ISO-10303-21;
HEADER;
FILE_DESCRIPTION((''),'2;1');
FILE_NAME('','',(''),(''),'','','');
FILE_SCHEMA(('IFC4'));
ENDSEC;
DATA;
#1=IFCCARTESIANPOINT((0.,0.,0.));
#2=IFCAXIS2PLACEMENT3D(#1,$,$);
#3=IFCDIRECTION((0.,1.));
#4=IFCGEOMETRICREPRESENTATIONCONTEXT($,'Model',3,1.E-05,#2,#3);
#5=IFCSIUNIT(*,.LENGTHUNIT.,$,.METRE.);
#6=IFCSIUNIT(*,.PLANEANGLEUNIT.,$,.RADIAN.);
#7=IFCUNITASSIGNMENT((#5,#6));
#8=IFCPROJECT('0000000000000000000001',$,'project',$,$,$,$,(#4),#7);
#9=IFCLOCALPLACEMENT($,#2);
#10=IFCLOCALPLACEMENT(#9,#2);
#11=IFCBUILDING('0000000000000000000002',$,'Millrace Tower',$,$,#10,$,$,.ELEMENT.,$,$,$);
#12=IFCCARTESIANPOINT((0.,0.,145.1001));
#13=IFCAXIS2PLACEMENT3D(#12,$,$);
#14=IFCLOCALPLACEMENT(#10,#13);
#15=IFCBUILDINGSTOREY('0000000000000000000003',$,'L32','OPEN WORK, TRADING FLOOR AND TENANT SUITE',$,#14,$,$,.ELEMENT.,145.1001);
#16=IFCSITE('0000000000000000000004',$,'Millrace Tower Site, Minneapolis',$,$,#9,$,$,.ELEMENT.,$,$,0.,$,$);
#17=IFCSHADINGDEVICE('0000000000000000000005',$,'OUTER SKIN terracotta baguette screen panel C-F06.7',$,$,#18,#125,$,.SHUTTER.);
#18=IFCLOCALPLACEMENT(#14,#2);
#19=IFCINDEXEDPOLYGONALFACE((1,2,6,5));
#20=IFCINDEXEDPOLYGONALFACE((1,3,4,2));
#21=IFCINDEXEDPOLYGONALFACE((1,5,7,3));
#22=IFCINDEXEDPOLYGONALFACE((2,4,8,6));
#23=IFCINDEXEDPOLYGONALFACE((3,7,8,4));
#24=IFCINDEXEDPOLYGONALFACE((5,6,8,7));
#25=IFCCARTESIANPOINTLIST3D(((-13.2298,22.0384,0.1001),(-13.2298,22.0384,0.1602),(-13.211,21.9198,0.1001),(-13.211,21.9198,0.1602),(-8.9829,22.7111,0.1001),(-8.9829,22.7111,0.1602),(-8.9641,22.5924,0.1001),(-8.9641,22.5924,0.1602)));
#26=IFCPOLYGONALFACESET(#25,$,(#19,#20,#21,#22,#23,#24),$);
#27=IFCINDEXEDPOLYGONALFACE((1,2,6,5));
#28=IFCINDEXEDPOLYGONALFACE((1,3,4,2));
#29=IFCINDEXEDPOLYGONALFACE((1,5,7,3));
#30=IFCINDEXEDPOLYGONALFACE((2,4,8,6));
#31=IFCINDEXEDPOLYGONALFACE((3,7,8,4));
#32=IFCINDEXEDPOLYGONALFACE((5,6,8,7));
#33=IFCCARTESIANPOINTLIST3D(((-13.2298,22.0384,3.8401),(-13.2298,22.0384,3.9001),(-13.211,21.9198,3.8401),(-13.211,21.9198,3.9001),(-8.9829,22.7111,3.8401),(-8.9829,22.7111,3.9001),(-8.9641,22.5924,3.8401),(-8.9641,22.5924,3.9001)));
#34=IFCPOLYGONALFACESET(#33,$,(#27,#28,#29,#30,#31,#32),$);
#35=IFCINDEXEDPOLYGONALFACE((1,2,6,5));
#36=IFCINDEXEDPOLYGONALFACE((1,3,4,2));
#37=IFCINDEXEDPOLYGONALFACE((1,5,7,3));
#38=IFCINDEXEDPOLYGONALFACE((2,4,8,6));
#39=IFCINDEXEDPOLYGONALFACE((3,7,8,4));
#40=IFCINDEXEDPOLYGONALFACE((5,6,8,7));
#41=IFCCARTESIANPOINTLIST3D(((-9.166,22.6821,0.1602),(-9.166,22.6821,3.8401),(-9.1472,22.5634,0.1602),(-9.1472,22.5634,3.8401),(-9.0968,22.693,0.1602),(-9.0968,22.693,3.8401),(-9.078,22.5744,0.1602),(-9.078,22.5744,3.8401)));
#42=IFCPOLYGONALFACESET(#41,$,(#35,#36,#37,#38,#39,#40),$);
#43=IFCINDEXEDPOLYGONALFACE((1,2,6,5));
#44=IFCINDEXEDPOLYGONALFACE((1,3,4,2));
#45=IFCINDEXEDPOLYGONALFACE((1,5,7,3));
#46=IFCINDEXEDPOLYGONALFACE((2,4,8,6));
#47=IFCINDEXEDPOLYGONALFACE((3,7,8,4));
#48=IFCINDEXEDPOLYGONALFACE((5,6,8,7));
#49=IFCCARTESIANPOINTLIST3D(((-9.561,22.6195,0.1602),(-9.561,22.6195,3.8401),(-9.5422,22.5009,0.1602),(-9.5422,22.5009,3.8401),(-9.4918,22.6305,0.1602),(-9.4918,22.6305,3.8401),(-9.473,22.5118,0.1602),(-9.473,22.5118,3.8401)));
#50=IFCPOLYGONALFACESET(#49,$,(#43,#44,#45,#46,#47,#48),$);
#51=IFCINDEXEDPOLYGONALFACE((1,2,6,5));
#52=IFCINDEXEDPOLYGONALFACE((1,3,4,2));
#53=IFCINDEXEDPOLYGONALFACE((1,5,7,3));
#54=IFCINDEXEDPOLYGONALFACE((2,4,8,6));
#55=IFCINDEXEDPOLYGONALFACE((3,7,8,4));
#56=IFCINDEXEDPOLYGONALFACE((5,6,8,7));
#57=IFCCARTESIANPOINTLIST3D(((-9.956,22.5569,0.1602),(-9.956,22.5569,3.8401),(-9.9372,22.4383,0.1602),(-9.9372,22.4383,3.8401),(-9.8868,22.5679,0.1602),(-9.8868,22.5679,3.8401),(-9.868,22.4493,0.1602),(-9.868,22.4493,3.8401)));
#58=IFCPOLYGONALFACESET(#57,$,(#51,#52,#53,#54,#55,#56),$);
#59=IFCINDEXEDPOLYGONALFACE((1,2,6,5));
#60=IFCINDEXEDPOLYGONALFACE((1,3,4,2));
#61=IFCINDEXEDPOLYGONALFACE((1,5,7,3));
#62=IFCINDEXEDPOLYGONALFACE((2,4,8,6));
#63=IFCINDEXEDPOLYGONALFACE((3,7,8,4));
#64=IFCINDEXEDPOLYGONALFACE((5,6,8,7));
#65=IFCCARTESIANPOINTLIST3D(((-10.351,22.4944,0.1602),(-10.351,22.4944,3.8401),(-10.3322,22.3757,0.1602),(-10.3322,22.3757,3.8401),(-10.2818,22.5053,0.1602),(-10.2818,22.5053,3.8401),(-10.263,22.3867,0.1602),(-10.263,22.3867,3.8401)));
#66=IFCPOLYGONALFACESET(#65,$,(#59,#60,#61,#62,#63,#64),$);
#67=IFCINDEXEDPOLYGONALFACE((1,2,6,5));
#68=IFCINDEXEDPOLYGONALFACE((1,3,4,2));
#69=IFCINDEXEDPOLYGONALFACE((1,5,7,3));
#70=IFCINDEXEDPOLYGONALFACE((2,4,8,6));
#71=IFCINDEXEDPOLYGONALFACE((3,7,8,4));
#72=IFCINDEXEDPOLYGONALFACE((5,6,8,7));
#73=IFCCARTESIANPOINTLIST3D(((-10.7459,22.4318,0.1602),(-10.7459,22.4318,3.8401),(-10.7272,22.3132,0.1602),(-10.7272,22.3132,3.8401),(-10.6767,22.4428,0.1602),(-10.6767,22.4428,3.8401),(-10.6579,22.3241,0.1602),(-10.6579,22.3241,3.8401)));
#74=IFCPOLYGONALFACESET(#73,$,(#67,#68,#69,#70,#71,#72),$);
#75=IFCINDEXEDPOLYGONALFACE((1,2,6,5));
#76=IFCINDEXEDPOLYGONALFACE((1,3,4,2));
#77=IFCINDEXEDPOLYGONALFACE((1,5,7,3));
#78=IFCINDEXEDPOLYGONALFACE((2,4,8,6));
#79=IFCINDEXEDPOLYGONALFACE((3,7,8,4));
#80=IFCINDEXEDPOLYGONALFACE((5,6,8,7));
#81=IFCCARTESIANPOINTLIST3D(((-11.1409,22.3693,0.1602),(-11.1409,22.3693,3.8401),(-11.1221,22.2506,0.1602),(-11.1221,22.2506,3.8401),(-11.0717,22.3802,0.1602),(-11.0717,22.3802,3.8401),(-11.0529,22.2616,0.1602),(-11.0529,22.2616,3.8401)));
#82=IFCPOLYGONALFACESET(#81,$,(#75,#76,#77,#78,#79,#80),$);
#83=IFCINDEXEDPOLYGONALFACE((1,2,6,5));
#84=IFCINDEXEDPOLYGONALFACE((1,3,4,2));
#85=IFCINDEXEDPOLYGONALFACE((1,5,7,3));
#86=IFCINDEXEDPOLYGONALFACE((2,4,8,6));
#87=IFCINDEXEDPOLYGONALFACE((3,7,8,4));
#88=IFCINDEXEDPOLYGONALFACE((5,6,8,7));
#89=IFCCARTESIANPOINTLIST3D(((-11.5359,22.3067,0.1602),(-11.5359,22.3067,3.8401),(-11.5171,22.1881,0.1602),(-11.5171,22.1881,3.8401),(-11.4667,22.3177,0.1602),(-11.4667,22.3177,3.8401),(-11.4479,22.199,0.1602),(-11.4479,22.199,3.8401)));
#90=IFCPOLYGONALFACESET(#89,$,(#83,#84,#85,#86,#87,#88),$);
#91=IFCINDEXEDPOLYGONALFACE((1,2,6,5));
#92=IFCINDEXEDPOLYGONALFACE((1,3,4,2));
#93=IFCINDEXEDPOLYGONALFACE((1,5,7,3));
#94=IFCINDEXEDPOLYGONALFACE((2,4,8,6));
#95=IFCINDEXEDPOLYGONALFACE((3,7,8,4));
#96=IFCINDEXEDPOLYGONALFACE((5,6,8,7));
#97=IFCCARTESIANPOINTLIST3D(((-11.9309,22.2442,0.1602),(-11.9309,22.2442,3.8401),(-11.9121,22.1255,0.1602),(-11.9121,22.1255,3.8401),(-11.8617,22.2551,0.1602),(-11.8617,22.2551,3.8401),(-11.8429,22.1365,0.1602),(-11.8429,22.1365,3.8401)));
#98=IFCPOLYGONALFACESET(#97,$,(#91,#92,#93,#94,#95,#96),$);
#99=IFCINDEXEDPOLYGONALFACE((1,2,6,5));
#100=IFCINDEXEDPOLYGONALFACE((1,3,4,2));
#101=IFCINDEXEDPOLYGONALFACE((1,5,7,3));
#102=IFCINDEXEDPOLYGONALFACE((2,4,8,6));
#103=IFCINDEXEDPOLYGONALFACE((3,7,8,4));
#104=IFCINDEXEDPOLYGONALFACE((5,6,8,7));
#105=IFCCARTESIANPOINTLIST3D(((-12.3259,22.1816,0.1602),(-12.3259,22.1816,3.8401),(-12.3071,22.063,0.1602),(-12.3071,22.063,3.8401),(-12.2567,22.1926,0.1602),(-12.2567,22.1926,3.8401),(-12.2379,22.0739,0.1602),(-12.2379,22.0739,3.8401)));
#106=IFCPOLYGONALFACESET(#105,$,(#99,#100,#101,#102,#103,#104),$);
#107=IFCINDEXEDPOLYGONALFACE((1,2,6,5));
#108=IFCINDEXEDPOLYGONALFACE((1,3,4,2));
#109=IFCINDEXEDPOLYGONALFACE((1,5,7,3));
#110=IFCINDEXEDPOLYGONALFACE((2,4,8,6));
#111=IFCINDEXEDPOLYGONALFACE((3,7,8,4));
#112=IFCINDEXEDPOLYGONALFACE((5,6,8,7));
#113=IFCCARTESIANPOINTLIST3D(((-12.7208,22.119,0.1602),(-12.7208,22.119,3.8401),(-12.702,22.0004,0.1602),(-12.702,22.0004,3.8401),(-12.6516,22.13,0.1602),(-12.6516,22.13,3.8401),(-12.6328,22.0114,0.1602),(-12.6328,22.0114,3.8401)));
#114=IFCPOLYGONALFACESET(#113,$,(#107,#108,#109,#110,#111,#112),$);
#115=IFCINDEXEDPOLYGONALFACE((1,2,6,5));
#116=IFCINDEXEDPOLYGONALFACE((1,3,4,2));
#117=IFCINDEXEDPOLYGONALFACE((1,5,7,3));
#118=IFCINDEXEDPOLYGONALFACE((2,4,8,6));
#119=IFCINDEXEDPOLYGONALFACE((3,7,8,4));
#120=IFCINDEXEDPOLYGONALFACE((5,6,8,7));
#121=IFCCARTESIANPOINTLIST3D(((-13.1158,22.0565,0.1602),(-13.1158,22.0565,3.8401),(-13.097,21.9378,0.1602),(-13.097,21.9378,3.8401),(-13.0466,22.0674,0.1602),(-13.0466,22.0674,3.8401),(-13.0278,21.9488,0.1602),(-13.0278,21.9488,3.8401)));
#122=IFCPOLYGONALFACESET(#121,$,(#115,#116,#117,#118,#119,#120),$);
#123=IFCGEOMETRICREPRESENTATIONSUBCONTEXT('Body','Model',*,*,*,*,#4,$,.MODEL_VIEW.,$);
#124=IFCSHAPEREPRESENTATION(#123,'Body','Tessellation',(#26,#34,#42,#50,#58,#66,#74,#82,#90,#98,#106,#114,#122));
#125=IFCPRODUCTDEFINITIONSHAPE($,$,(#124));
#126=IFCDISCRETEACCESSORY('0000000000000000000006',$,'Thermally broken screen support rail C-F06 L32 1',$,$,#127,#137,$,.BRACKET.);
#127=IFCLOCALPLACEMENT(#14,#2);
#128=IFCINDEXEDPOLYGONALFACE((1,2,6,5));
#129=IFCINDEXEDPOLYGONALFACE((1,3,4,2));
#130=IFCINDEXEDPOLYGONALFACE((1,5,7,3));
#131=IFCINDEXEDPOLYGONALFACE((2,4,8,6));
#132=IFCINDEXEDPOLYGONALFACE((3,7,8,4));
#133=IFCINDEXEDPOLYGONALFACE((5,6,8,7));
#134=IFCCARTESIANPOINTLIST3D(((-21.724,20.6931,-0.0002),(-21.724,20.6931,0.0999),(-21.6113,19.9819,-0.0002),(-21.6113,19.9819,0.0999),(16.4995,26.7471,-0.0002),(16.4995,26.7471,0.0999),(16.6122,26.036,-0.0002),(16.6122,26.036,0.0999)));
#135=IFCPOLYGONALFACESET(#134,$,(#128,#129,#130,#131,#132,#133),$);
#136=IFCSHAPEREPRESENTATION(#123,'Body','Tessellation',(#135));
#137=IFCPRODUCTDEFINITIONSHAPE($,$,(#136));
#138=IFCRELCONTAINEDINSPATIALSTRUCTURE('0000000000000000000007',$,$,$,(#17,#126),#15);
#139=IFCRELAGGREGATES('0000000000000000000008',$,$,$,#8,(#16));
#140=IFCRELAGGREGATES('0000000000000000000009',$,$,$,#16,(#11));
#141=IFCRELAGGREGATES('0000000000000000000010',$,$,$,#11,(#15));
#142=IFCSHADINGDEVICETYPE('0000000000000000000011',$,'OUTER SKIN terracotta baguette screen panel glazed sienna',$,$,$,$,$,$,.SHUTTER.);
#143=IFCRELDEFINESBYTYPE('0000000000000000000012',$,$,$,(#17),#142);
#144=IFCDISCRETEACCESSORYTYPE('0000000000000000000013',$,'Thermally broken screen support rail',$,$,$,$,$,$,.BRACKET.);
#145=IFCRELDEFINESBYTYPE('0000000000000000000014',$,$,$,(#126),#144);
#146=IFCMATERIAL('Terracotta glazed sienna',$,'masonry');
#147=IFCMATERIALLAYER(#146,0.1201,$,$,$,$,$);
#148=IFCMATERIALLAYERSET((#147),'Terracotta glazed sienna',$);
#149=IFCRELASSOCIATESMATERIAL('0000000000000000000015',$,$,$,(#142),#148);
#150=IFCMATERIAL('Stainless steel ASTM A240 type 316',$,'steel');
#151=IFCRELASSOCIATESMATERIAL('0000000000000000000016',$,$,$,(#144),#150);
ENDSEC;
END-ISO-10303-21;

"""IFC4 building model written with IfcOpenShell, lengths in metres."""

from ifc_helpers import new_model, entity, si_unit, direction, frame, frame_2d, origin, origin_2d, place, context, subcontext, project, spatial, rectangle, extrude, source, transform, mapped, material, layer, layer_set, type_object, element, save


model = new_model("IFC4")

# Units and contexts
model_context = context("Model", 3, precision=1e-05, world=origin(), true_north=direction((0.0, 1.0)))
body_context = subcontext(model_context, "Body", "Model", "MODEL_VIEW")
ifc_project = project(units=[si_unit("LENGTHUNIT", "METRE"), si_unit("PLANEANGLEUNIT", "RADIAN")], contexts=[model_context])

# Site, building, storey
site_placement = place(None, origin())
site = spatial("IfcSite", under=ifc_project, at=site_placement, Name="Millrace Tower Site, Minneapolis", CompositionType="ELEMENT", RefElevation=0.0)
building_placement = place(site_placement, origin())
building = spatial("IfcBuilding", under=site, at=building_placement, Name="Millrace Tower", CompositionType="ELEMENT")
storey_placement = place(building_placement, frame((0.0, 0.0, 145.1001)))
storey = spatial("IfcBuildingStorey", under=building, at=storey_placement, Name="L32", Description="OPEN WORK, TRADING FLOOR AND TENANT SUITE", CompositionType="ELEMENT", Elevation=145.1001)

# Shading device
ifc_material_1 = material(Name="Terracotta glazed sienna", Category="masonry")
ifc_layer_1 = layer(ifc_material_1, 0.1201)
ifc_layer_set_1 = layer_set([ifc_layer_1], Name="Terracotta glazed sienna")
shading_device_type = type_object("IfcShadingDeviceType", Name="OUTER SKIN terracotta baguette screen panel glazed sienna", PredefinedType="SHUTTER", material=ifc_layer_set_1)
cartesian_point = entity("IfcCartesianPoint", [-2.1499, 0.0601])
shared_polyline = entity("IfcPolyline", [cartesian_point, entity("IfcCartesianPoint", [2.1499, 0.0601]), entity("IfcCartesianPoint", [2.1499, -0.0601]), entity("IfcCartesianPoint", [-2.1499, -0.0601]), cartesian_point])
shared_shape = source(origin(), body_context, "Body", "SweptSolid", [
    entity("IfcExtrudedAreaSolid", entity("IfcArbitraryClosedProfileDef", "AREA", None, shared_polyline), entity("IfcAxis2Placement3D", entity("IfcCartesianPoint", [0.0, 0.0, 0.0])), entity("IfcDirection", [0.0, 0.0, 1.0]), 0.0601),
    entity("IfcExtrudedAreaSolid", entity("IfcArbitraryClosedProfileDef", "AREA", None, shared_polyline), entity("IfcAxis2Placement3D", entity("IfcCartesianPoint", [0.0, 0.0, 3.74])), entity("IfcDirection", [0.0, 0.0, 1.0]), 0.0601),
    extrude(rectangle(XDim=0.0701, YDim=0.1201, at=frame_2d((-1.9995, 0.0))), frame((0.0, 0.0, 0.0601)), (0.0, 0.0, 1.0), 3.6799),
    extrude(rectangle(XDim=0.0701, YDim=0.1201, at=frame_2d((-1.5996, 0.0))), frame((0.0, 0.0, 0.0601)), (0.0, 0.0, 1.0), 3.6799),
    extrude(rectangle(XDim=0.0701, YDim=0.1201, at=frame_2d((-1.1997, 0.0))), frame((0.0, 0.0, 0.0601)), (0.0, 0.0, 1.0), 3.6799),
    extrude(rectangle(XDim=0.0701, YDim=0.1201, at=frame_2d((-0.7998, 0.0))), frame((0.0, 0.0, 0.0601)), (0.0, 0.0, 1.0), 3.6799),
    extrude(rectangle(XDim=0.0701, YDim=0.1201, at=frame_2d((-0.3999, 0.0))), frame((0.0, 0.0, 0.0601)), (0.0, 0.0, 1.0), 3.6799),
    extrude(rectangle(XDim=0.0701, YDim=0.1201, at=origin_2d()), frame((0.0, 0.0, 0.0601)), (0.0, 0.0, 1.0), 3.6799),
    extrude(rectangle(XDim=0.0701, YDim=0.1201, at=frame_2d((0.3999, 0.0))), frame((0.0, 0.0, 0.0601)), (0.0, 0.0, 1.0), 3.6799),
    extrude(rectangle(XDim=0.0701, YDim=0.1201, at=frame_2d((0.7998, 0.0))), frame((0.0, 0.0, 0.0601)), (0.0, 0.0, 1.0), 3.6799),
    extrude(rectangle(XDim=0.0701, YDim=0.1201, at=frame_2d((1.1997, 0.0))), frame((0.0, 0.0, 0.0601)), (0.0, 0.0, 1.0), 3.6799),
    extrude(rectangle(XDim=0.0701, YDim=0.1201, at=frame_2d((1.5996, 0.0))), frame((0.0, 0.0, 0.0601)), (0.0, 0.0, 1.0), 3.6799),
    extrude(rectangle(XDim=0.0701, YDim=0.1201, at=frame_2d((1.9995, 0.0))), frame((0.0, 0.0, 0.0601)), (0.0, 0.0, 1.0), 3.6799),
])
for number, where, z_axis, x_axis, name in (
    (1, (-11.0969, 22.3154, 0.1001), (0.0, 0.0, 1.0), (-0.987688, -0.156434, 0.0), "OUTER SKIN terracotta baguette screen panel C-F06.7"),
):
    element("IfcShadingDevice", number, at=place(storey_placement, frame(where, z_axis=z_axis, x_axis=x_axis)), inside=storey, type_object=shading_device_type, Name=name, PredefinedType="SHUTTER", context=body_context, shape_type="MappedRepresentation", body=[
        mapped(shared_shape, transform((0.0, 0.0, 0.0), scale=1.0)),
    ])

# Discrete accessory
ifc_material_2 = material(Name="Stainless steel ASTM A240 type 316", Category="steel")
discrete_accessory_type = type_object("IfcDiscreteAccessoryType", Name="Thermally broken screen support rail", PredefinedType="BRACKET", material=ifc_material_2)
discrete_accessory_placement = place(storey_placement, frame((-2.5559, 23.3645, -0.0002), z_axis=(0.0, 0.0, 1.0), x_axis=(-0.987688, -0.156434, 0.0)))
element("IfcDiscreteAccessory", 2, at=discrete_accessory_placement, inside=storey, type_object=discrete_accessory_type, Name="Thermally broken screen support rail C-F06 L32 1", PredefinedType="BRACKET", context=body_context, shape_type="SweptSolid", body=[
    extrude(rectangle(XDim=38.7, YDim=0.72, at=origin_2d()), origin(), (0.0, 0.0, 1.0), 0.1001),
])

save(model, "model.ifc")
